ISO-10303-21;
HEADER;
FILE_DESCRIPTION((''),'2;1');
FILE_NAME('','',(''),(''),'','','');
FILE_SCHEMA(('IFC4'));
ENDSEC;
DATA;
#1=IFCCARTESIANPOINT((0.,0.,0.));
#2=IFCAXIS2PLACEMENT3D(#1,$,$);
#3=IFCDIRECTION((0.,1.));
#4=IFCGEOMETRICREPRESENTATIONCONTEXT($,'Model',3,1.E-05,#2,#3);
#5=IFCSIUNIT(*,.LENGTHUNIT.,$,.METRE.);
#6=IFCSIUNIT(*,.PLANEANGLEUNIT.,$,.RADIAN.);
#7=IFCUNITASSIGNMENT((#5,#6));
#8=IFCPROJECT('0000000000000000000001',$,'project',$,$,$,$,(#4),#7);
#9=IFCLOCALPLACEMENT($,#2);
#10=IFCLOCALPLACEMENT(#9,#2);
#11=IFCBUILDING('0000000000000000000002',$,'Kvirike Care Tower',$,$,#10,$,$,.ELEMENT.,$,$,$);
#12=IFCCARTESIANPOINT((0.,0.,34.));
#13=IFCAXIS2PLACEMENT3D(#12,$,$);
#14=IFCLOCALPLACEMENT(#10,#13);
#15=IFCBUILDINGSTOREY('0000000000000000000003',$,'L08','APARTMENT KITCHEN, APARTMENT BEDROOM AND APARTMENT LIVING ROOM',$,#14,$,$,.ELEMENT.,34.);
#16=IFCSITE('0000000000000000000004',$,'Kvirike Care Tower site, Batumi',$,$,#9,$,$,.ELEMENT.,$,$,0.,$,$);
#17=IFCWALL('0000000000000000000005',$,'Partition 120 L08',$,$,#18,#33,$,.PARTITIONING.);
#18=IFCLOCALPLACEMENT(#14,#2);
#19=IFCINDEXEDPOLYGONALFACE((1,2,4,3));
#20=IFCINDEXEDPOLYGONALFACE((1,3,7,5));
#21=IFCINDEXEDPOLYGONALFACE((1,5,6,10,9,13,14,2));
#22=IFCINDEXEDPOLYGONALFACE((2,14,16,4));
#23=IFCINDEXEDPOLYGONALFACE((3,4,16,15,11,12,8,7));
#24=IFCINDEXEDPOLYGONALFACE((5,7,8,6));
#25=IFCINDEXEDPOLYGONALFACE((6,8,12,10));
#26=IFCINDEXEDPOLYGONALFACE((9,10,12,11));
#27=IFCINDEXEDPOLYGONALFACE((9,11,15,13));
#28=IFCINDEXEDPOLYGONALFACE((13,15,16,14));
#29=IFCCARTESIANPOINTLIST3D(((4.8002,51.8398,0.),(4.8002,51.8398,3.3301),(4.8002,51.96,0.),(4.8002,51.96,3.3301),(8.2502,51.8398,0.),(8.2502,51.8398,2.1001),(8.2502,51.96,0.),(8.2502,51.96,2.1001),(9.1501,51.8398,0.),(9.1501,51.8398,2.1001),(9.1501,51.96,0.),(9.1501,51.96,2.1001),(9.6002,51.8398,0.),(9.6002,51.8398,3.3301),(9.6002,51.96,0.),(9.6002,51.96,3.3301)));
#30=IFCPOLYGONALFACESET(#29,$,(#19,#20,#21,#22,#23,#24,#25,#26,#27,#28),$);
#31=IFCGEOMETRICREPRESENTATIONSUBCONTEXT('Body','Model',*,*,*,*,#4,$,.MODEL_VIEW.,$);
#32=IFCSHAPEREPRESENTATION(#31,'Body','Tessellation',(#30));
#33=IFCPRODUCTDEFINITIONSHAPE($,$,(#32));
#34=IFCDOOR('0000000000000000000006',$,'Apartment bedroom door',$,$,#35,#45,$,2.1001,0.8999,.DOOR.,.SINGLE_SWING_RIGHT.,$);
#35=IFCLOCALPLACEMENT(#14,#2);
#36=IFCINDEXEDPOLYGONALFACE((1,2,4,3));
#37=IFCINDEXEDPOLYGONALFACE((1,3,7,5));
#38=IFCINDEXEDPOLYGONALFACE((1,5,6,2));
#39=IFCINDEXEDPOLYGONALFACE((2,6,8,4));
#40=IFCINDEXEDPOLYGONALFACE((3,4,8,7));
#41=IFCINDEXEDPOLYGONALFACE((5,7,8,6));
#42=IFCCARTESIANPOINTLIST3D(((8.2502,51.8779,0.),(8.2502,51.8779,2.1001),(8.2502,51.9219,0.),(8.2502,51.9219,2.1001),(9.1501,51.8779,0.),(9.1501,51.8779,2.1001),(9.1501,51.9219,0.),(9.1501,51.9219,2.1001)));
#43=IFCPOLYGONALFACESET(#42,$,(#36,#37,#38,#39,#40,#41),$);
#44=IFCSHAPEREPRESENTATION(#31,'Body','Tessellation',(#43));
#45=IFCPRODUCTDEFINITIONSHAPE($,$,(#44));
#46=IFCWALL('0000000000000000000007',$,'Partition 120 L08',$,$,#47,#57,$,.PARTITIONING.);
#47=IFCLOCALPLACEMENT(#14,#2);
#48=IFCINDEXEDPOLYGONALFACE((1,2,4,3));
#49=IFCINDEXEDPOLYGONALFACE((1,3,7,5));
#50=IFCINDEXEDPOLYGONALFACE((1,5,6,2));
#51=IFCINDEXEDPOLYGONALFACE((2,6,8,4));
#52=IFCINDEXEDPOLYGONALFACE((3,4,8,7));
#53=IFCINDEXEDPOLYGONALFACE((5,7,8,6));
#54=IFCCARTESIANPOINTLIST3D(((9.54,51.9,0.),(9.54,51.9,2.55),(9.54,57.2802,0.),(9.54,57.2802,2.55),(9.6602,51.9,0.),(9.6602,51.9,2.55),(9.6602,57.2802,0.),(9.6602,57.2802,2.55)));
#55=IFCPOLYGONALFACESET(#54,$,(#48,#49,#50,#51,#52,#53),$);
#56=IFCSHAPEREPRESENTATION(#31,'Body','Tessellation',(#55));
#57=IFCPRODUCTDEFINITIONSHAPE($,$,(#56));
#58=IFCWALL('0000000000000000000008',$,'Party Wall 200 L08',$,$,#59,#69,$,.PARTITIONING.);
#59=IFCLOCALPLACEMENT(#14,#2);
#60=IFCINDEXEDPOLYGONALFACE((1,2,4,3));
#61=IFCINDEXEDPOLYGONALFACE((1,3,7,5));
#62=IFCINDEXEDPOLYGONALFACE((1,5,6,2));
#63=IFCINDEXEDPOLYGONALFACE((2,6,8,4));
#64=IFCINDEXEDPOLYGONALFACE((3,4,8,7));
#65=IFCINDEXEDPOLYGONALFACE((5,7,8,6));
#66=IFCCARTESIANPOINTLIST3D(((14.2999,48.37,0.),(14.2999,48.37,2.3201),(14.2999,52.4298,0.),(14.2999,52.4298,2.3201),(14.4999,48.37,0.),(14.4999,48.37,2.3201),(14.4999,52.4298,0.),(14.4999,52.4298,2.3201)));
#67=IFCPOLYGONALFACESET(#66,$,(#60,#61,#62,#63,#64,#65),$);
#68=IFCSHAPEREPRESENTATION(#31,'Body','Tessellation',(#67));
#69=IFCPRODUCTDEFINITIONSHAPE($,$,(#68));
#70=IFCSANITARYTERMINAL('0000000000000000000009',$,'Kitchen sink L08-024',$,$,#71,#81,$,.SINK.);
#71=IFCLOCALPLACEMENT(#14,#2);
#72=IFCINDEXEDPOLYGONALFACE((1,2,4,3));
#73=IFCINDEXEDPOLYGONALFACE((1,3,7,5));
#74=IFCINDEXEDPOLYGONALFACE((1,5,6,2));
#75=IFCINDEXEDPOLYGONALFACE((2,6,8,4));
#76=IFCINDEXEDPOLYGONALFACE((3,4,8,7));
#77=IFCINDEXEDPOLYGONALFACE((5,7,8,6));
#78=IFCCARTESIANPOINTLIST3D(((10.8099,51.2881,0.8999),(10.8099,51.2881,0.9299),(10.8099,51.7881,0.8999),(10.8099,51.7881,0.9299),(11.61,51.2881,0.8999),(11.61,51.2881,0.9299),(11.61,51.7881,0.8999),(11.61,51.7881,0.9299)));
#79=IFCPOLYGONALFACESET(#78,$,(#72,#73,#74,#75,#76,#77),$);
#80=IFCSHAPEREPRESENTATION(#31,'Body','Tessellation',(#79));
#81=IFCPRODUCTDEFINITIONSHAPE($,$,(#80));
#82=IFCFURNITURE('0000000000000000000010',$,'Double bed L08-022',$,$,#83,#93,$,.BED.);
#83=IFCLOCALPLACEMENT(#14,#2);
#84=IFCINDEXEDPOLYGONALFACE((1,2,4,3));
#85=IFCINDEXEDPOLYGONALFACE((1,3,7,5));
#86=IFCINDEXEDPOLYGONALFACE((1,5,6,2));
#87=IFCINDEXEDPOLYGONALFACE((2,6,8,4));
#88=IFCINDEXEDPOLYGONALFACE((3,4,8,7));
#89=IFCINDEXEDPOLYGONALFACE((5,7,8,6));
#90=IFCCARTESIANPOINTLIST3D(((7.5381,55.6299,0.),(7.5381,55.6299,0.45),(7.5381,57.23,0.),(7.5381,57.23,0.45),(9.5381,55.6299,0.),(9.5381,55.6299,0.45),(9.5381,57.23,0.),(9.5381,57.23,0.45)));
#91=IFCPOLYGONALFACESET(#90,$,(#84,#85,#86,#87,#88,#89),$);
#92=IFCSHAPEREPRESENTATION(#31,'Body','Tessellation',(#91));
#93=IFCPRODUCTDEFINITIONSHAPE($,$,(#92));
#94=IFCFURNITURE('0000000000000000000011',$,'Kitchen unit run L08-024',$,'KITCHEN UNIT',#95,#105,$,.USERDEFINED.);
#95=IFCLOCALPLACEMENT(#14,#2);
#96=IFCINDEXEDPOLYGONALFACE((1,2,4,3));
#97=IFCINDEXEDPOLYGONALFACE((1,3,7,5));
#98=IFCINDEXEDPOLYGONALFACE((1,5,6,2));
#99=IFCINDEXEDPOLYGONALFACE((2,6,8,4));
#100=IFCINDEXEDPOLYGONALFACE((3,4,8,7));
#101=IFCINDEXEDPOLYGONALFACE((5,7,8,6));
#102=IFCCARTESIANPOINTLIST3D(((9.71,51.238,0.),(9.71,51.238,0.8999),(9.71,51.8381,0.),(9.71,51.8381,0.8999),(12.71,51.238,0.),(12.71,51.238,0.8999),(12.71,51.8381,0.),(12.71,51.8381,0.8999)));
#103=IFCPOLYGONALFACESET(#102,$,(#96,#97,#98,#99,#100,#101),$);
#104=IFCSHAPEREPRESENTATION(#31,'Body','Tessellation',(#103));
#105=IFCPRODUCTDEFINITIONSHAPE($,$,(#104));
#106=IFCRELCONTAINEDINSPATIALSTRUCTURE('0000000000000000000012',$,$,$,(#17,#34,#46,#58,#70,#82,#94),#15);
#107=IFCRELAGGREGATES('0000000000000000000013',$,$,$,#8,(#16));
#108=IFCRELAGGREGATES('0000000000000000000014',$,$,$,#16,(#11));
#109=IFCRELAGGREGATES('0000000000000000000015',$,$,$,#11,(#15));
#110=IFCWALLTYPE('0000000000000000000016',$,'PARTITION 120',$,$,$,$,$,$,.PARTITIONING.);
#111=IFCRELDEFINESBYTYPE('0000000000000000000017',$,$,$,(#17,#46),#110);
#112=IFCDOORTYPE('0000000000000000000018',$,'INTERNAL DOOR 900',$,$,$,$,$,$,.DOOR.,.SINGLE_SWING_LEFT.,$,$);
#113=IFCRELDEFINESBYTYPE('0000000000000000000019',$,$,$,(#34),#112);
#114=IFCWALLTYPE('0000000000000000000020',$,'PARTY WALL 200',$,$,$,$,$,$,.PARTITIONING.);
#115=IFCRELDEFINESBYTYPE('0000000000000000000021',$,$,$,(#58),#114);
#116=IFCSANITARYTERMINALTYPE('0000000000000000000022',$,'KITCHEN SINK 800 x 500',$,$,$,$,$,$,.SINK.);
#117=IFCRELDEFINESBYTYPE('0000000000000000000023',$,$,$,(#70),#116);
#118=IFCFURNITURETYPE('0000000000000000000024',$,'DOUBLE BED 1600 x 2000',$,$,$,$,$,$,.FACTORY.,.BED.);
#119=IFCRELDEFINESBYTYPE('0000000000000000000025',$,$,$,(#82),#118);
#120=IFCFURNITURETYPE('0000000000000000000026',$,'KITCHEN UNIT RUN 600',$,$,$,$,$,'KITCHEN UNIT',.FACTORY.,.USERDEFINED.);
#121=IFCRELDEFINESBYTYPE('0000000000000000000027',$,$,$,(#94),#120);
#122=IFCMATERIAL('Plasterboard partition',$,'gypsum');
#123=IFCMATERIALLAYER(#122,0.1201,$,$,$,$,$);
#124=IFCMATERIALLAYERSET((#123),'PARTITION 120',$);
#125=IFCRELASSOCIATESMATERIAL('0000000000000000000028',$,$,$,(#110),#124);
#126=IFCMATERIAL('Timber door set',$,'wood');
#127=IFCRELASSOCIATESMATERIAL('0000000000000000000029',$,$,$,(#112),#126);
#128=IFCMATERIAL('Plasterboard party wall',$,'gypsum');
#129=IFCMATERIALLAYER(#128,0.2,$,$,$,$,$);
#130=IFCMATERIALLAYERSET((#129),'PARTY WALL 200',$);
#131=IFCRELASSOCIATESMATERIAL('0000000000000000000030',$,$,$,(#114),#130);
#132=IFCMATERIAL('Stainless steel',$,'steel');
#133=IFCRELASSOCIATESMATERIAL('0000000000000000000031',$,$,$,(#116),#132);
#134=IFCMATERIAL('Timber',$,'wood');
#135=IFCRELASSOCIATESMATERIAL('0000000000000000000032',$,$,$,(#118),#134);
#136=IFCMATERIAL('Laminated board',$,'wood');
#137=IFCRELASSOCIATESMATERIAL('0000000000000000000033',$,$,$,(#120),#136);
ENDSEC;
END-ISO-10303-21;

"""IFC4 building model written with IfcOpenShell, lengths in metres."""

from ifc_helpers import new_model, si_unit, direction, frame, frame_2d, origin, origin_2d, place, context, subcontext, project, spatial, rectangle, extrude, material, layer, layer_set, type_object, element, fill, save


model = new_model("IFC4")

# Units and contexts
model_context = context("Model", 3, precision=1e-05, world=origin(), true_north=direction((0.0, 1.0)))
body_context = subcontext(model_context, "Body", "Model", "MODEL_VIEW")
ifc_project = project(units=[si_unit("LENGTHUNIT", "METRE"), si_unit("PLANEANGLEUNIT", "RADIAN")], contexts=[model_context])

# Site, building, storey
site_placement = place(None, origin())
site = spatial("IfcSite", under=ifc_project, at=site_placement, Name="Kvirike Care Tower site, Batumi", CompositionType="ELEMENT", RefElevation=0.0)
building_placement = place(site_placement, origin())
building = spatial("IfcBuilding", under=site, at=building_placement, Name="Kvirike Care Tower", CompositionType="ELEMENT")
storey_placement = place(building_placement, frame((0.0, 0.0, 34.0)))
storey = spatial("IfcBuildingStorey", under=building, at=storey_placement, Name="L08", Description="APARTMENT KITCHEN, APARTMENT BEDROOM AND APARTMENT LIVING ROOM", CompositionType="ELEMENT", Elevation=34.0)

# Wall, opening, door
ifc_material_1 = material(Name="Plasterboard partition", Category="gypsum")
ifc_layer_1 = layer(ifc_material_1, 0.1201)
ifc_layer_set_1 = layer_set([ifc_layer_1], Name="PARTITION 120")
wall_type_1 = type_object("IfcWallType", Name="PARTITION 120", PredefinedType="PARTITIONING", material=ifc_layer_set_1)
ifc_material_2 = material(Name="Timber door set", Category="wood")
door_type = type_object("IfcDoorType", Name="INTERNAL DOOR 900", OperationType="SINGLE_SWING_LEFT", PredefinedType="DOOR", material=ifc_material_2)
wall_1_placement = place(storey_placement, frame((9.6001, 51.8999, 0.0), z_axis=(0.0, 0.0, 1.0), x_axis=(-1.0, 0.0, 0.0)))
wall_1 = element("IfcWall", 1, at=wall_1_placement, inside=storey, type_object=wall_type_1, Name="Partition 120 L08", PredefinedType="PARTITIONING", context=body_context, shape_type="SweptSolid", body=[
    extrude(rectangle(XDim=4.8, YDim=0.1201, at=frame_2d((2.3999, 0.0))), origin(), (0.0, 0.0, 1.0), 3.3301),
])
opening_1_placement = place(wall_1_placement, frame((0.45, 0.0, 0.0)))
opening_1 = element("IfcOpeningElement", 2, at=opening_1_placement, cuts=wall_1, PredefinedType="OPENING", context=body_context, shape_type="SweptSolid", body=[
    extrude(rectangle(XDim=0.8999, YDim=2.1001, at=frame_2d((0.45, 1.05))), frame((0.0, 0.0706, 0.0), z_axis=(0.0, -1.0, 0.0), x_axis=(1.0, 0.0, 0.0)), (0.0, 0.0, 1.0), 0.1411),
])
door_1_placement = place(opening_1_placement, origin())
door_1 = element("IfcDoor", 3, at=door_1_placement, inside=storey, type_object=door_type, Name="Apartment bedroom door", OperationType="SINGLE_SWING_RIGHT", OverallHeight=2.1001, OverallWidth=0.8999, PredefinedType="DOOR", context=body_context, shape_type="SweptSolid", body=[
    extrude(rectangle(XDim=0.8999, YDim=2.1001, at=frame_2d((0.45, 1.05))), frame((0.0, 0.022, 0.0), z_axis=(0.0, -1.0, 0.0), x_axis=(1.0, 0.0, 0.0)), (0.0, 0.0, 1.0), 0.0439),
])
fill(opening_1, door_1)

# Walls
wall_2_placement = place(storey_placement, frame((9.6001, 57.28, 0.0), z_axis=(0.0, 0.0, 1.0), x_axis=(0.0, -1.0, 0.0)))
element("IfcWall", 4, at=wall_2_placement, inside=storey, type_object=wall_type_1, Name="Partition 120 L08", PredefinedType="PARTITIONING", context=body_context, shape_type="SweptSolid", body=[
    extrude(rectangle(XDim=5.3801, YDim=0.1201, at=frame_2d((2.6899, 0.0))), origin(), (0.0, 0.0, 1.0), 2.55),
])
ifc_material_3 = material(Name="Plasterboard party wall", Category="gypsum")
ifc_layer_2 = layer(ifc_material_3, 0.2)
ifc_layer_set_2 = layer_set([ifc_layer_2], Name="PARTY WALL 200")
wall_type_2 = type_object("IfcWallType", Name="PARTY WALL 200", PredefinedType="PARTITIONING", material=ifc_layer_set_2)
wall_3_placement = place(storey_placement, frame((14.3999, 48.3701, 0.0), z_axis=(0.0, 0.0, 1.0), x_axis=(0.0, 1.0, 0.0)))
element("IfcWall", 5, at=wall_3_placement, inside=storey, type_object=wall_type_2, Name="Party Wall 200 L08", PredefinedType="PARTITIONING", context=body_context, shape_type="SweptSolid", body=[
    extrude(rectangle(XDim=4.0598, YDim=0.2, at=frame_2d((2.0298, 0.0))), origin(), (0.0, 0.0, 1.0), 2.3201),
])

# Sanitary terminal
ifc_material_4 = material(Name="Stainless steel", Category="steel")
sanitary_terminal_type = type_object("IfcSanitaryTerminalType", Name="KITCHEN SINK 800 x 500", PredefinedType="SINK", material=ifc_material_4)
sanitary_terminal_placement = place(storey_placement, frame((11.21, 51.5381, 0.8999), z_axis=(0.0, 0.0, 1.0), x_axis=(1.0, 0.0, 0.0)))
element("IfcSanitaryTerminal", 6, at=sanitary_terminal_placement, inside=storey, type_object=sanitary_terminal_type, Name="Kitchen sink L08-024", PredefinedType="SINK", context=body_context, shape_type="SweptSolid", body=[
    extrude(rectangle(XDim=0.8, YDim=0.5, at=origin_2d()), origin(), (0.0, 0.0, 1.0), 0.03),
])

# Furniture
ifc_material_5 = material(Name="Timber", Category="wood")
furniture_type_1 = type_object("IfcFurnitureType", Name="DOUBLE BED 1600 x 2000", AssemblyPlace="FACTORY", PredefinedType="BED", material=ifc_material_5)
furniture_1_placement = place(storey_placement, frame((8.5381, 56.4299, 0.0), z_axis=(0.0, 0.0, 1.0), x_axis=(0.0, -1.0, 0.0)))
element("IfcFurniture", 7, at=furniture_1_placement, inside=storey, type_object=furniture_type_1, Name="Double bed L08-022", PredefinedType="BED", context=body_context, shape_type="SweptSolid", body=[
    extrude(rectangle(XDim=1.6001, YDim=2.0, at=origin_2d()), origin(), (0.0, 0.0, 1.0), 0.45),
])
ifc_material_6 = material(Name="Laminated board", Category="wood")
furniture_type_2 = type_object("IfcFurnitureType", Name="KITCHEN UNIT RUN 600", ElementType="KITCHEN UNIT", AssemblyPlace="FACTORY", PredefinedType="USERDEFINED", material=ifc_material_6)
furniture_2_placement = place(storey_placement, frame((11.21, 51.5381, 0.0), z_axis=(0.0, 0.0, 1.0), x_axis=(1.0, 0.0, 0.0)))
element("IfcFurniture", 8, at=furniture_2_placement, inside=storey, type_object=furniture_type_2, Name="Kitchen unit run L08-024", ObjectType="KITCHEN UNIT", PredefinedType="USERDEFINED", context=body_context, shape_type="SweptSolid", body=[
    extrude(rectangle(XDim=3.0, YDim=0.6001, at=origin_2d()), origin(), (0.0, 0.0, 1.0), 0.8999),
])

save(model, "model.ifc")
